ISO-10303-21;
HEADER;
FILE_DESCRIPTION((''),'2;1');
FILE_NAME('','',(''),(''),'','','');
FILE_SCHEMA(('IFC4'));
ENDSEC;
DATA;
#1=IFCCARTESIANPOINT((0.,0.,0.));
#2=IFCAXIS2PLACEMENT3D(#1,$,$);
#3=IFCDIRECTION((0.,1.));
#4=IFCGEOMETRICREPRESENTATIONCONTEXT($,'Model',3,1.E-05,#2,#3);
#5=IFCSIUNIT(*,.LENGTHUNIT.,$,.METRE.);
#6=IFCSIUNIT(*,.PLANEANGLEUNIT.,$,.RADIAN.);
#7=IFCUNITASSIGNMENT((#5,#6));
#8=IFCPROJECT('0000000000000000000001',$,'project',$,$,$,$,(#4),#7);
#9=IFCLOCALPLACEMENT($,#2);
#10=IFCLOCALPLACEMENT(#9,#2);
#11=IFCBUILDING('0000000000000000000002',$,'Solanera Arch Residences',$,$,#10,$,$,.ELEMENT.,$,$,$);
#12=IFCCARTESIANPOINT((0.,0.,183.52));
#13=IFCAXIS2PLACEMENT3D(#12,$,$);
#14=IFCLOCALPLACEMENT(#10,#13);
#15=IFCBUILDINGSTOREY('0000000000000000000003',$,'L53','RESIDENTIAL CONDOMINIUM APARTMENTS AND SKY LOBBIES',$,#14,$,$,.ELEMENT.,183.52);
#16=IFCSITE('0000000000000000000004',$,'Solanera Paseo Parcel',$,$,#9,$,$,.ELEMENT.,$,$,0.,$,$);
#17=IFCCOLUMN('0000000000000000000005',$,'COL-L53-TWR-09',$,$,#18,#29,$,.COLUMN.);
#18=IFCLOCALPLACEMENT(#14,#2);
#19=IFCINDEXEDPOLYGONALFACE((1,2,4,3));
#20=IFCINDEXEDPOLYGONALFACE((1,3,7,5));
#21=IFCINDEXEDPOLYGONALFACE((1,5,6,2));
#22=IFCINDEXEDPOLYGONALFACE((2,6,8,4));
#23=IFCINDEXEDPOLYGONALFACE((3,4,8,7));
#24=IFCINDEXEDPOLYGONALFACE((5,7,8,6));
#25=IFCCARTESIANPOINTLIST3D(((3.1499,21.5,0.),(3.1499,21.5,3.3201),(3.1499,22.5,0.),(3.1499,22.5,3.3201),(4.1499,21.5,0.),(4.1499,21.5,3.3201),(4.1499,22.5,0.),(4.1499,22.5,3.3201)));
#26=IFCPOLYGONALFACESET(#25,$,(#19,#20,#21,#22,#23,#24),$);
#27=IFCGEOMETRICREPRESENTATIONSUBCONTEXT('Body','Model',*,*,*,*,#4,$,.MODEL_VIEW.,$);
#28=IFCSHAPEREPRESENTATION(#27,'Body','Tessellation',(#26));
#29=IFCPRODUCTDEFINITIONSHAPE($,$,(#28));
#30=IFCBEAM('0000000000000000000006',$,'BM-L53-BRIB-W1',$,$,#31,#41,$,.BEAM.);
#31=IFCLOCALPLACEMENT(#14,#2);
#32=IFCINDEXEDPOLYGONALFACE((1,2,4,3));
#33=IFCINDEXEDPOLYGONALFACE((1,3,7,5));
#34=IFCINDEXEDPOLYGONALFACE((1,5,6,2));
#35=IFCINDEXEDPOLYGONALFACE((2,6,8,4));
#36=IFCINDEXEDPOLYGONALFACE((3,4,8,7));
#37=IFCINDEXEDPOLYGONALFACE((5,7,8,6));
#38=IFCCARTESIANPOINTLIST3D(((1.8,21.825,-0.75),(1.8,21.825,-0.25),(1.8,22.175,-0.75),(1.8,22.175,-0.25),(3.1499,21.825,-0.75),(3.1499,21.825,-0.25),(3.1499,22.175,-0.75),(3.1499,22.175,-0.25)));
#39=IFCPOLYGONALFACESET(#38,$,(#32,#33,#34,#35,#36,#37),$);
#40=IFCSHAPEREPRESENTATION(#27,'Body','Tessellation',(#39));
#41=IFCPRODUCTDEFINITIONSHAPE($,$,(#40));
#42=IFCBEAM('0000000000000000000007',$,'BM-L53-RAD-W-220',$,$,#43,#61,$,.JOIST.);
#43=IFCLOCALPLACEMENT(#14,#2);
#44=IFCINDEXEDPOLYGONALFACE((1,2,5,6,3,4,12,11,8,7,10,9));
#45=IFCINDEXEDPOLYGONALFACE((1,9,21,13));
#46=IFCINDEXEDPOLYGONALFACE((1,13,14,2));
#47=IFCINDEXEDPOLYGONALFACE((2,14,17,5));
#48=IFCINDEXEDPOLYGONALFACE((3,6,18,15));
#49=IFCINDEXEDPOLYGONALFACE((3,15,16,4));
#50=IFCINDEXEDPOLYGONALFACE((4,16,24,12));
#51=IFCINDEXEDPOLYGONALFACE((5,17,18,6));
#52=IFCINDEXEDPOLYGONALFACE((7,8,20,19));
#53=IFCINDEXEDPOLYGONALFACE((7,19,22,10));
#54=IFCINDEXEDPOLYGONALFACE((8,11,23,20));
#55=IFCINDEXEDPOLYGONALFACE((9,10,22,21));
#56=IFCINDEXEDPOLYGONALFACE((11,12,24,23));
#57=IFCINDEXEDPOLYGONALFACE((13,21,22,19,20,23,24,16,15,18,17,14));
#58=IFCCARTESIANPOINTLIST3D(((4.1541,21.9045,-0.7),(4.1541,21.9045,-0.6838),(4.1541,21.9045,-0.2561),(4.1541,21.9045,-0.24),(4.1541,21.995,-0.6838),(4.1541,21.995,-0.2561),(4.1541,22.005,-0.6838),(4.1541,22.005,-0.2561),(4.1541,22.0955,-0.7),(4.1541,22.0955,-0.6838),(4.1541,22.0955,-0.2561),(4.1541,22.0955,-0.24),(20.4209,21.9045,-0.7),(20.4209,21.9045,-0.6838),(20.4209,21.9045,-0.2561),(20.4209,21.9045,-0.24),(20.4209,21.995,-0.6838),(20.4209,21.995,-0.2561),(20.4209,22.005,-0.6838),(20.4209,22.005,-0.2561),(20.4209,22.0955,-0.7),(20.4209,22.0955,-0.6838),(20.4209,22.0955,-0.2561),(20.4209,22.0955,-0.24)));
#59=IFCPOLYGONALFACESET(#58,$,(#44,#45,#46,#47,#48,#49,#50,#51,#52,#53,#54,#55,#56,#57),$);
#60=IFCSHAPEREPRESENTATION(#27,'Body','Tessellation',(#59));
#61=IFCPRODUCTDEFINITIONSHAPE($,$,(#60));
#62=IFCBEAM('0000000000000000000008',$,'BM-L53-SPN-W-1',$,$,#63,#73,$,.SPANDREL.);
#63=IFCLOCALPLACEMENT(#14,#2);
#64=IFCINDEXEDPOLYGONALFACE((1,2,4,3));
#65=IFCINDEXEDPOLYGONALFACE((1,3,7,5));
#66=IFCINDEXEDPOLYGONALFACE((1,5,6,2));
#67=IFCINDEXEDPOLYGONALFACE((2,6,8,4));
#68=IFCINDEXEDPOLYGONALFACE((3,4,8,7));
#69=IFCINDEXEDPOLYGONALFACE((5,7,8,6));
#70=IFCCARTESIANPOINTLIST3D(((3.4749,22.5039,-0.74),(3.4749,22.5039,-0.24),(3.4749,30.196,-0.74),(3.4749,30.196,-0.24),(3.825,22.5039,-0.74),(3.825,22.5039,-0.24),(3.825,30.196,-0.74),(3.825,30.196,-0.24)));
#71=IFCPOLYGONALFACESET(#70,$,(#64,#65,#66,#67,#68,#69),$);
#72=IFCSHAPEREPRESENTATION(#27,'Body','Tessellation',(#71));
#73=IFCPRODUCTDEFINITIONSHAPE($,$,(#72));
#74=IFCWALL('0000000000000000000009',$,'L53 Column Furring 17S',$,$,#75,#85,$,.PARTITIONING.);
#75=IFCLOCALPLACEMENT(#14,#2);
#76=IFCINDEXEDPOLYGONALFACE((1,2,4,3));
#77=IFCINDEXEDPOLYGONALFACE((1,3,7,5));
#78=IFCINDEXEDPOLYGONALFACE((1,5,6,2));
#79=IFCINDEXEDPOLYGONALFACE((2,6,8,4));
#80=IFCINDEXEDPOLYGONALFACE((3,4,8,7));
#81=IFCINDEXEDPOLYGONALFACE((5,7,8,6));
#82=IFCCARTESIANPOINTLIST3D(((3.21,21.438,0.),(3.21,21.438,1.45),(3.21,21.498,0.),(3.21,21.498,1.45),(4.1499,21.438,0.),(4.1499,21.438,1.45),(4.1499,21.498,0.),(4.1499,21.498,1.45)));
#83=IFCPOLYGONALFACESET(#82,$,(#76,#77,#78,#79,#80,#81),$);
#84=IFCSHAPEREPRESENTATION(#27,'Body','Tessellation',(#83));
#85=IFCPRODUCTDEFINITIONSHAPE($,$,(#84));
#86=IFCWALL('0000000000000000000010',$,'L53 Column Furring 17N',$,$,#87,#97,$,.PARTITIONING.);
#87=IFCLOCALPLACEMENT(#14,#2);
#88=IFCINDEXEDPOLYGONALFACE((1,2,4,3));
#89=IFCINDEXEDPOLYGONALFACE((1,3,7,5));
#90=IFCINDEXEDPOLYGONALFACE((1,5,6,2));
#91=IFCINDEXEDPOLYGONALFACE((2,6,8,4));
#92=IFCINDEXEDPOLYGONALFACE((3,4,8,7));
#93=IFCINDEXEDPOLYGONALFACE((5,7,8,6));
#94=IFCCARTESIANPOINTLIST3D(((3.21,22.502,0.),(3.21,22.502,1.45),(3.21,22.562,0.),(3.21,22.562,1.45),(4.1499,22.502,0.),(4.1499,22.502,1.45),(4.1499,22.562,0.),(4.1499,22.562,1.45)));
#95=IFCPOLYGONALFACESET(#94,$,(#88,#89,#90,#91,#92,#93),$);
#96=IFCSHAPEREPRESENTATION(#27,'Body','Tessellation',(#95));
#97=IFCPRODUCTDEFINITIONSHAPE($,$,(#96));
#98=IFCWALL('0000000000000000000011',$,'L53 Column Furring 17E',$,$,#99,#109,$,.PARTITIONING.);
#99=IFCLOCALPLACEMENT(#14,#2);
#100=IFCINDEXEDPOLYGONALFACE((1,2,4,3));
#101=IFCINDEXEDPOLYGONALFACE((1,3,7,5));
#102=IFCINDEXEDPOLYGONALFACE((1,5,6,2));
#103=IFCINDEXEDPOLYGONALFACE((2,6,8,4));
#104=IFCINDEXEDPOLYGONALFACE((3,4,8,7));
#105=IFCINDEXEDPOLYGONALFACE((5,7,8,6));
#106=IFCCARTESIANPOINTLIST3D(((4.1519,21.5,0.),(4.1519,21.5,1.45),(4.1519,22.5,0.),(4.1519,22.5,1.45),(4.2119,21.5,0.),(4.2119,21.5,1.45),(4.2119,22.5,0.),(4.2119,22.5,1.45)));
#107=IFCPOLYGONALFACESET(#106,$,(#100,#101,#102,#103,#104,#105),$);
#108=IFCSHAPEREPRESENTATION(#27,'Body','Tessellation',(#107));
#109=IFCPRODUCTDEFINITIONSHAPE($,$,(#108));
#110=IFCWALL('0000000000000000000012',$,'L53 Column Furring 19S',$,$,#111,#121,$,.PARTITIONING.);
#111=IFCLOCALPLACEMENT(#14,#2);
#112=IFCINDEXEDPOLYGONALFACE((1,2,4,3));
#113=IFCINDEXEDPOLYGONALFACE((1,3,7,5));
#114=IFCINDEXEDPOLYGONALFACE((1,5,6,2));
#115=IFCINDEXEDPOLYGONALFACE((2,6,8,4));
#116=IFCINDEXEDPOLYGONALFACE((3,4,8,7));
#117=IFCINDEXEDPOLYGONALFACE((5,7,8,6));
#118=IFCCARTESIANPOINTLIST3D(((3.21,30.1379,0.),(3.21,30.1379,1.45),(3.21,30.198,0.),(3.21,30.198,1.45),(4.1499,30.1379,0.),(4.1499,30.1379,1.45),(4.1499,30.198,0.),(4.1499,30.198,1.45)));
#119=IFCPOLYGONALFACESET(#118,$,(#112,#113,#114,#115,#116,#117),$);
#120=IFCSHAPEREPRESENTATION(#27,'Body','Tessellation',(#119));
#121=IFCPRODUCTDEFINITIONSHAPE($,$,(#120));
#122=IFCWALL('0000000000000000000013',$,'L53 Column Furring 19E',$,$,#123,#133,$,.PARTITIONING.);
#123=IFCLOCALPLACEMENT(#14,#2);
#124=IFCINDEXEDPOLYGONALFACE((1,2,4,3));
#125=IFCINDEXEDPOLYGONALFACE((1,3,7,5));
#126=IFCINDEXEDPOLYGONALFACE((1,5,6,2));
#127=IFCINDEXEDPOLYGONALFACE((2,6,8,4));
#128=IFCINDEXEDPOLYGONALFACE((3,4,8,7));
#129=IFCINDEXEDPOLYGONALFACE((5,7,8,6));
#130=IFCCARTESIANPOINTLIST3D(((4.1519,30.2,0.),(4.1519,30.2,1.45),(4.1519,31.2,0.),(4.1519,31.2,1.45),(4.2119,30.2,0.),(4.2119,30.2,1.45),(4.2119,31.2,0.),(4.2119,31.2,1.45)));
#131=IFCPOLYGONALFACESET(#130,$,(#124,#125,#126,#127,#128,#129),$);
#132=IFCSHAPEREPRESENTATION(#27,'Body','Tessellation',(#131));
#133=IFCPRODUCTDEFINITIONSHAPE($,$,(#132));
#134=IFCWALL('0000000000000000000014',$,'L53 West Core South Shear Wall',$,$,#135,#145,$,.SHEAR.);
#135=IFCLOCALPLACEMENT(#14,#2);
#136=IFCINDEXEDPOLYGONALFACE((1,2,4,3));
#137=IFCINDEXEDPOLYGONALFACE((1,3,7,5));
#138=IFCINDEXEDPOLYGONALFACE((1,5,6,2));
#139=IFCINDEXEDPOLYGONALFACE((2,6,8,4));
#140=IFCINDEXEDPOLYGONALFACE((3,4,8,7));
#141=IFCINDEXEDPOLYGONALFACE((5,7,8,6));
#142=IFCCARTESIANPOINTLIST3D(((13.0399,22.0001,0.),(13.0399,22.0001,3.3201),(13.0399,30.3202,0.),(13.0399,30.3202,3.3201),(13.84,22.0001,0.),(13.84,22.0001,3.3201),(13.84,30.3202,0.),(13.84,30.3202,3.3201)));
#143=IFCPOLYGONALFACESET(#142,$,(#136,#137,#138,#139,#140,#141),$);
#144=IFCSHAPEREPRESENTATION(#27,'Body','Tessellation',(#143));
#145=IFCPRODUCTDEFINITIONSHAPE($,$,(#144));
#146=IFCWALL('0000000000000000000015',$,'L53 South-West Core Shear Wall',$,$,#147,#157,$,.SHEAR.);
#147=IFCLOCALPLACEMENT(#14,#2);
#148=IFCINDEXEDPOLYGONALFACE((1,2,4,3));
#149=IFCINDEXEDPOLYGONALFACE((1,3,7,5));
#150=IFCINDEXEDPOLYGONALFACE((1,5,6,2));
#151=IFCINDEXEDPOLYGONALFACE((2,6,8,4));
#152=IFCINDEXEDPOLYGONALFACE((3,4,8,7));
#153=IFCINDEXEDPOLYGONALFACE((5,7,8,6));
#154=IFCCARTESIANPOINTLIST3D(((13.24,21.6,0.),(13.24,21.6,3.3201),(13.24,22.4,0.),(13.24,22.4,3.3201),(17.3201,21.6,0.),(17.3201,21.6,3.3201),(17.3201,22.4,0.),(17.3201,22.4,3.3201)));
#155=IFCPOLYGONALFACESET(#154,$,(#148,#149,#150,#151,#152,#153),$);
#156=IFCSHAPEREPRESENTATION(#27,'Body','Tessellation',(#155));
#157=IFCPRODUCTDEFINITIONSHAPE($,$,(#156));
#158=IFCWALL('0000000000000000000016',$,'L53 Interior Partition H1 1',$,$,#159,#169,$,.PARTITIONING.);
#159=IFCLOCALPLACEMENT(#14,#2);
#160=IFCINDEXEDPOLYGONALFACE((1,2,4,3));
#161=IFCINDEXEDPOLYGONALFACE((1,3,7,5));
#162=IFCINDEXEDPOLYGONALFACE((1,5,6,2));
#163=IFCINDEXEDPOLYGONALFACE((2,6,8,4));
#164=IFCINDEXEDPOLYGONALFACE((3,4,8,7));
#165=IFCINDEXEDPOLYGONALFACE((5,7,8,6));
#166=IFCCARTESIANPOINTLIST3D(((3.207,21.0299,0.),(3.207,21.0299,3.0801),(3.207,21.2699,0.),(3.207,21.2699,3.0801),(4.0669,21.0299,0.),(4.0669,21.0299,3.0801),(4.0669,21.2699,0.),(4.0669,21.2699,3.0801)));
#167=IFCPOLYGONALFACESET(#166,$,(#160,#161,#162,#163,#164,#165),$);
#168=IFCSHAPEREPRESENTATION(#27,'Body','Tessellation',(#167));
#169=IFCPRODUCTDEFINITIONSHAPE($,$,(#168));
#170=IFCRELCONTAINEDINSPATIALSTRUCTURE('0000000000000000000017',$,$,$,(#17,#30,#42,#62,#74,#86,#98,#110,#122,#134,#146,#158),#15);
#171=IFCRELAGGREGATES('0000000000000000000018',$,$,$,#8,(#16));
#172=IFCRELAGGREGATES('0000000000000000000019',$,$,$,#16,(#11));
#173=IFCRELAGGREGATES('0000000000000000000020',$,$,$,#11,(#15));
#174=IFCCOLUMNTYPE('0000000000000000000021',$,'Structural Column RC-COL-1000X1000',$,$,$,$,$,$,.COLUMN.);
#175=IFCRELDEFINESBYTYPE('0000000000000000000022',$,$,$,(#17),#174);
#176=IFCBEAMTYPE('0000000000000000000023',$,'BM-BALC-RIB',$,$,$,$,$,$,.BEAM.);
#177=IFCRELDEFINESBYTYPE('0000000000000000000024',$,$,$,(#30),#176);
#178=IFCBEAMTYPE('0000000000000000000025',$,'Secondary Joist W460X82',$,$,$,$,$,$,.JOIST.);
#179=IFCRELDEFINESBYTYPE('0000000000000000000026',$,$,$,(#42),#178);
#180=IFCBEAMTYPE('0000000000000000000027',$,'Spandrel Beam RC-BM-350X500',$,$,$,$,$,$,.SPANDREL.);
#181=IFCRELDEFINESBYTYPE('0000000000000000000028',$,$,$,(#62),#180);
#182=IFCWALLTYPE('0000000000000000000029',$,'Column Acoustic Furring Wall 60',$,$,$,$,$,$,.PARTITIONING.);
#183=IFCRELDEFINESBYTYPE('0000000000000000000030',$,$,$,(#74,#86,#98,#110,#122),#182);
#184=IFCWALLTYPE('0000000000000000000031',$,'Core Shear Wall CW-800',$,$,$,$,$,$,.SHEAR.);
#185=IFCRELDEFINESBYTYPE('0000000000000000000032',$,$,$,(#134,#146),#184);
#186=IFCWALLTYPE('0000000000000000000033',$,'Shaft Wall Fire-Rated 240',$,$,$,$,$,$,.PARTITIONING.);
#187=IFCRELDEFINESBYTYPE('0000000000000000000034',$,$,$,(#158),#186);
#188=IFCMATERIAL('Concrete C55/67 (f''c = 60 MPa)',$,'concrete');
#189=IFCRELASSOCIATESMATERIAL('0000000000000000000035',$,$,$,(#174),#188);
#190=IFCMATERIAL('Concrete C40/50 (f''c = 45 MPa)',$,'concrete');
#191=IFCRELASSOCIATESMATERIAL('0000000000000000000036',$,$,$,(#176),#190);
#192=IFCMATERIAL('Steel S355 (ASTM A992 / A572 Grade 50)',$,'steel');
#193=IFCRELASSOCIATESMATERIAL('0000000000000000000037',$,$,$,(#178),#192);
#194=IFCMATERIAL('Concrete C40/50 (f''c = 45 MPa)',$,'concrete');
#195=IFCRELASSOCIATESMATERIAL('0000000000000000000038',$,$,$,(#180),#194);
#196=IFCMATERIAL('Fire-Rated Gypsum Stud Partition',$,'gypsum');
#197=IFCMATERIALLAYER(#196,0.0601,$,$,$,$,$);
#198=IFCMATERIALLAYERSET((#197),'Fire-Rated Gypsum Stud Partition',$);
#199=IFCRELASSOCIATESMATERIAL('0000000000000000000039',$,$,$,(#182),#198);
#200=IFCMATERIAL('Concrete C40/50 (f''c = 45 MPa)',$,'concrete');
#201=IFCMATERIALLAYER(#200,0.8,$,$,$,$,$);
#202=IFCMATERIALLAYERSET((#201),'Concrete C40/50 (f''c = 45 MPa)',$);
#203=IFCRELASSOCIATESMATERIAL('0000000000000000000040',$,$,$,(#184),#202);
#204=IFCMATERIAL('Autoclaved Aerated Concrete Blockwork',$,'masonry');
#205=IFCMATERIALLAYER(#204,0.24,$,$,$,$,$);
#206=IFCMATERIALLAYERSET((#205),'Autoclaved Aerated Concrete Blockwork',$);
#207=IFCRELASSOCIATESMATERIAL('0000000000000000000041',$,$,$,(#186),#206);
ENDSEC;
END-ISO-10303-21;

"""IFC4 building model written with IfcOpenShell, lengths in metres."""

from ifc_helpers import new_model, si_unit, direction, frame, frame_2d, origin, origin_2d, place, context, subcontext, project, spatial, rectangle, i_section, extrude, material, layer, layer_set, material_profile, profile_set, type_object, element, save


model = new_model("IFC4")

# Units and contexts
model_context = context("Model", 3, precision=1e-05, world=origin(), true_north=direction((0.0, 1.0)))
body_context = subcontext(model_context, "Body", "Model", "MODEL_VIEW")
ifc_project = project(units=[si_unit("LENGTHUNIT", "METRE"), si_unit("PLANEANGLEUNIT", "RADIAN")], contexts=[model_context])

# Site, building, storey
site_placement = place(None, origin())
site = spatial("IfcSite", under=ifc_project, at=site_placement, Name="Solanera Paseo Parcel", CompositionType="ELEMENT", RefElevation=0.0)
building_placement = place(site_placement, origin())
building = spatial("IfcBuilding", under=site, at=building_placement, Name="Solanera Arch Residences", CompositionType="ELEMENT")
storey_placement = place(building_placement, frame((0.0, 0.0, 183.52)))
storey = spatial("IfcBuildingStorey", under=building, at=storey_placement, Name="L53", Description="RESIDENTIAL CONDOMINIUM APARTMENTS AND SKY LOBBIES", CompositionType="ELEMENT", Elevation=183.52)

# Column
ifc_material_1 = material(Name="Concrete C55/67 (f'c = 60 MPa)", Category="concrete")
ifc_material_profile_1 = material_profile(ifc_material_1, rectangle(XDim=1.0, YDim=1.0, at=origin_2d()))
ifc_profile_set_1 = profile_set([ifc_material_profile_1], Name="Concrete C55/67 (f'c = 60 MPa)")
column_type = type_object("IfcColumnType", Name="Structural Column RC-COL-1000X1000", PredefinedType="COLUMN", material=ifc_profile_set_1)
column_placement = place(storey_placement, frame((3.6499, 22.0, 0.0), z_axis=(0.0, 0.0, 1.0), x_axis=(1.0, 0.0, 0.0)))
element("IfcColumn", 1, at=column_placement, inside=storey, type_object=column_type, Name="COL-L53-TWR-09", PredefinedType="COLUMN", context=body_context, shape_type="SweptSolid", body=[
    extrude(rectangle(XDim=1.0, YDim=1.0, at=origin_2d()), origin(), (0.0, 0.0, 1.0), 3.3201),
])

# Beams
ifc_material_2 = material(Name="Concrete C40/50 (f'c = 45 MPa)", Category="concrete")
ifc_material_profile_2 = material_profile(ifc_material_2, rectangle(XDim=0.3501, YDim=0.5, at=origin_2d()))
ifc_profile_set_2 = profile_set([ifc_material_profile_2], Name="Concrete C40/50 (f'c = 45 MPa)")
beam_type_1 = type_object("IfcBeamType", Name="BM-BALC-RIB", PredefinedType="BEAM", material=ifc_profile_set_2)
beam_1_placement = place(storey_placement, frame((1.8, 22.0, -0.5), z_axis=(1.0, 0.0, 0.0), x_axis=(0.0, 1.0, 0.0)))
element("IfcBeam", 2, at=beam_1_placement, inside=storey, type_object=beam_type_1, Name="BM-L53-BRIB-W1", PredefinedType="BEAM", context=body_context, shape_type="SweptSolid", body=[
    extrude(rectangle(XDim=0.3501, YDim=0.5, at=origin_2d()), origin(), (0.0, 0.0, 1.0), 1.3499),
])
ifc_material_3 = material(Name="Steel S355 (ASTM A992 / A572 Grade 50)", Category="steel")
ifc_material_profile_3 = material_profile(ifc_material_3, i_section(OverallWidth=0.1909, OverallDepth=0.46, WebThickness=0.01, FlangeThickness=0.0161, at=origin_2d()))
ifc_profile_set_3 = profile_set([ifc_material_profile_3], Name="Steel S355 (ASTM A992 / A572 Grade 50)")
beam_type_2 = type_object("IfcBeamType", Name="Secondary Joist W460X82", PredefinedType="JOIST", material=ifc_profile_set_3)
beam_2_placement = place(storey_placement, frame((4.1541, 22.0, -0.47), z_axis=(1.0, 0.0, 0.0), x_axis=(0.0, 1.0, 0.0)))
element("IfcBeam", 3, at=beam_2_placement, inside=storey, type_object=beam_type_2, Name="BM-L53-RAD-W-220", PredefinedType="JOIST", context=body_context, shape_type="SweptSolid", body=[
    extrude(i_section(OverallWidth=0.1909, OverallDepth=0.46, WebThickness=0.01, FlangeThickness=0.0161, at=origin_2d()), origin(), (0.0, 0.0, 1.0), 16.2668),
])
ifc_material_4 = material(Name="Concrete C40/50 (f'c = 45 MPa)", Category="concrete")
ifc_material_profile_4 = material_profile(ifc_material_4, rectangle(XDim=0.3501, YDim=0.5, at=origin_2d()))
ifc_profile_set_4 = profile_set([ifc_material_profile_4], Name="Concrete C40/50 (f'c = 45 MPa)")
beam_type_3 = type_object("IfcBeamType", Name="Spandrel Beam RC-BM-350X500", PredefinedType="SPANDREL", material=ifc_profile_set_4)
beam_3_placement = place(storey_placement, frame((3.6499, 22.5039, -0.49), z_axis=(0.0, 1.0, 0.0), x_axis=(-1.0, 0.0, 0.0)))
element("IfcBeam", 4, at=beam_3_placement, inside=storey, type_object=beam_type_3, Name="BM-L53-SPN-W-1", PredefinedType="SPANDREL", context=body_context, shape_type="SweptSolid", body=[
    extrude(rectangle(XDim=0.3501, YDim=0.5, at=origin_2d()), origin(), (0.0, 0.0, 1.0), 7.6921),
])

# Walls
ifc_material_5 = material(Name="Fire-Rated Gypsum Stud Partition", Category="gypsum")
ifc_layer_1 = layer(ifc_material_5, 0.0601)
ifc_layer_set_1 = layer_set([ifc_layer_1], Name="Fire-Rated Gypsum Stud Partition")
wall_type_1 = type_object("IfcWallType", Name="Column Acoustic Furring Wall 60", PredefinedType="PARTITIONING", material=ifc_layer_set_1)
for number, where, z_axis, x_axis, name in (
    (5, (3.21, 21.468, 0.0), (0.0, 0.0, 1.0), (1.0, 0.0, 0.0), "L53 Column Furring 17S"),
    (6, (3.21, 22.532, 0.0), (0.0, 0.0, 1.0), (1.0, 0.0, 0.0), "L53 Column Furring 17N"),
):
    element("IfcWall", number, at=place(storey_placement, frame(where, z_axis=z_axis, x_axis=x_axis)), inside=storey, type_object=wall_type_1, Name=name, PredefinedType="PARTITIONING", context=body_context, shape_type="SweptSolid", body=[
        extrude(rectangle(XDim=0.9399, YDim=0.0601, at=frame_2d((0.47, 0.0))), origin(), (0.0, 0.0, 1.0), 1.45),
    ])
wall_1_placement = place(storey_placement, frame((4.1819, 21.5, 0.0), z_axis=(0.0, 0.0, 1.0), x_axis=(0.0, 1.0, 0.0)))
element("IfcWall", 7, at=wall_1_placement, inside=storey, type_object=wall_type_1, Name="L53 Column Furring 17E", PredefinedType="PARTITIONING", context=body_context, shape_type="SweptSolid", body=[
    extrude(rectangle(XDim=1.0, YDim=0.0601, at=frame_2d((0.5, 0.0))), origin(), (0.0, 0.0, 1.0), 1.45),
])
wall_2_placement = place(storey_placement, frame((3.21, 30.168, 0.0), z_axis=(0.0, 0.0, 1.0), x_axis=(1.0, 0.0, 0.0)))
element("IfcWall", 8, at=wall_2_placement, inside=storey, type_object=wall_type_1, Name="L53 Column Furring 19S", PredefinedType="PARTITIONING", context=body_context, shape_type="SweptSolid", body=[
    extrude(rectangle(XDim=0.9399, YDim=0.0601, at=frame_2d((0.47, 0.0))), origin(), (0.0, 0.0, 1.0), 1.45),
])
wall_3_placement = place(storey_placement, frame((4.1819, 30.2, 0.0), z_axis=(0.0, 0.0, 1.0), x_axis=(0.0, 1.0, 0.0)))
element("IfcWall", 9, at=wall_3_placement, inside=storey, type_object=wall_type_1, Name="L53 Column Furring 19E", PredefinedType="PARTITIONING", context=body_context, shape_type="SweptSolid", body=[
    extrude(rectangle(XDim=1.0, YDim=0.0601, at=frame_2d((0.5, 0.0))), origin(), (0.0, 0.0, 1.0), 1.45),
])
ifc_material_6 = material(Name="Concrete C40/50 (f'c = 45 MPa)", Category="concrete")
ifc_layer_2 = layer(ifc_material_6, 0.8)
ifc_layer_set_2 = layer_set([ifc_layer_2], Name="Concrete C40/50 (f'c = 45 MPa)")
wall_type_2 = type_object("IfcWallType", Name="Core Shear Wall CW-800", PredefinedType="SHEAR", material=ifc_layer_set_2)
wall_4_placement = place(storey_placement, frame((13.4399, 22.0, 0.0), z_axis=(0.0, 0.0, 1.0), x_axis=(0.0, 1.0, 0.0)))
element("IfcWall", 10, at=wall_4_placement, inside=storey, type_object=wall_type_2, Name="L53 West Core South Shear Wall", PredefinedType="SHEAR", context=body_context, shape_type="SweptSolid", body=[
    extrude(rectangle(XDim=8.3201, YDim=0.8, at=frame_2d((4.1602, 0.0))), origin(), (0.0, 0.0, 1.0), 3.3201),
])
wall_5_placement = place(storey_placement, frame((13.24, 22.0, 0.0), z_axis=(0.0, 0.0, 1.0), x_axis=(1.0, 0.0, 0.0)))
element("IfcWall", 11, at=wall_5_placement, inside=storey, type_object=wall_type_2, Name="L53 South-West Core Shear Wall", PredefinedType="SHEAR", context=body_context, shape_type="SweptSolid", body=[
    extrude(rectangle(XDim=4.0801, YDim=0.8, at=frame_2d((2.04, 0.0))), origin(), (0.0, 0.0, 1.0), 3.3201),
])
ifc_material_7 = material(Name="Autoclaved Aerated Concrete Blockwork", Category="masonry")
ifc_layer_3 = layer(ifc_material_7, 0.24)
ifc_layer_set_3 = layer_set([ifc_layer_3], Name="Autoclaved Aerated Concrete Blockwork")
wall_type_3 = type_object("IfcWallType", Name="Shaft Wall Fire-Rated 240", PredefinedType="PARTITIONING", material=ifc_layer_set_3)
wall_6_placement = place(storey_placement, frame((3.207, 21.1499, 0.0), z_axis=(0.0, 0.0, 1.0), x_axis=(1.0, 0.0, 0.0)))
element("IfcWall", 12, at=wall_6_placement, inside=storey, type_object=wall_type_3, Name="L53 Interior Partition H1 1", PredefinedType="PARTITIONING", context=body_context, shape_type="SweptSolid", body=[
    extrude(rectangle(XDim=0.8599, YDim=0.24, at=frame_2d((0.4299, 0.0))), origin(), (0.0, 0.0, 1.0), 3.0801),
])

save(model, "model.ifc")
